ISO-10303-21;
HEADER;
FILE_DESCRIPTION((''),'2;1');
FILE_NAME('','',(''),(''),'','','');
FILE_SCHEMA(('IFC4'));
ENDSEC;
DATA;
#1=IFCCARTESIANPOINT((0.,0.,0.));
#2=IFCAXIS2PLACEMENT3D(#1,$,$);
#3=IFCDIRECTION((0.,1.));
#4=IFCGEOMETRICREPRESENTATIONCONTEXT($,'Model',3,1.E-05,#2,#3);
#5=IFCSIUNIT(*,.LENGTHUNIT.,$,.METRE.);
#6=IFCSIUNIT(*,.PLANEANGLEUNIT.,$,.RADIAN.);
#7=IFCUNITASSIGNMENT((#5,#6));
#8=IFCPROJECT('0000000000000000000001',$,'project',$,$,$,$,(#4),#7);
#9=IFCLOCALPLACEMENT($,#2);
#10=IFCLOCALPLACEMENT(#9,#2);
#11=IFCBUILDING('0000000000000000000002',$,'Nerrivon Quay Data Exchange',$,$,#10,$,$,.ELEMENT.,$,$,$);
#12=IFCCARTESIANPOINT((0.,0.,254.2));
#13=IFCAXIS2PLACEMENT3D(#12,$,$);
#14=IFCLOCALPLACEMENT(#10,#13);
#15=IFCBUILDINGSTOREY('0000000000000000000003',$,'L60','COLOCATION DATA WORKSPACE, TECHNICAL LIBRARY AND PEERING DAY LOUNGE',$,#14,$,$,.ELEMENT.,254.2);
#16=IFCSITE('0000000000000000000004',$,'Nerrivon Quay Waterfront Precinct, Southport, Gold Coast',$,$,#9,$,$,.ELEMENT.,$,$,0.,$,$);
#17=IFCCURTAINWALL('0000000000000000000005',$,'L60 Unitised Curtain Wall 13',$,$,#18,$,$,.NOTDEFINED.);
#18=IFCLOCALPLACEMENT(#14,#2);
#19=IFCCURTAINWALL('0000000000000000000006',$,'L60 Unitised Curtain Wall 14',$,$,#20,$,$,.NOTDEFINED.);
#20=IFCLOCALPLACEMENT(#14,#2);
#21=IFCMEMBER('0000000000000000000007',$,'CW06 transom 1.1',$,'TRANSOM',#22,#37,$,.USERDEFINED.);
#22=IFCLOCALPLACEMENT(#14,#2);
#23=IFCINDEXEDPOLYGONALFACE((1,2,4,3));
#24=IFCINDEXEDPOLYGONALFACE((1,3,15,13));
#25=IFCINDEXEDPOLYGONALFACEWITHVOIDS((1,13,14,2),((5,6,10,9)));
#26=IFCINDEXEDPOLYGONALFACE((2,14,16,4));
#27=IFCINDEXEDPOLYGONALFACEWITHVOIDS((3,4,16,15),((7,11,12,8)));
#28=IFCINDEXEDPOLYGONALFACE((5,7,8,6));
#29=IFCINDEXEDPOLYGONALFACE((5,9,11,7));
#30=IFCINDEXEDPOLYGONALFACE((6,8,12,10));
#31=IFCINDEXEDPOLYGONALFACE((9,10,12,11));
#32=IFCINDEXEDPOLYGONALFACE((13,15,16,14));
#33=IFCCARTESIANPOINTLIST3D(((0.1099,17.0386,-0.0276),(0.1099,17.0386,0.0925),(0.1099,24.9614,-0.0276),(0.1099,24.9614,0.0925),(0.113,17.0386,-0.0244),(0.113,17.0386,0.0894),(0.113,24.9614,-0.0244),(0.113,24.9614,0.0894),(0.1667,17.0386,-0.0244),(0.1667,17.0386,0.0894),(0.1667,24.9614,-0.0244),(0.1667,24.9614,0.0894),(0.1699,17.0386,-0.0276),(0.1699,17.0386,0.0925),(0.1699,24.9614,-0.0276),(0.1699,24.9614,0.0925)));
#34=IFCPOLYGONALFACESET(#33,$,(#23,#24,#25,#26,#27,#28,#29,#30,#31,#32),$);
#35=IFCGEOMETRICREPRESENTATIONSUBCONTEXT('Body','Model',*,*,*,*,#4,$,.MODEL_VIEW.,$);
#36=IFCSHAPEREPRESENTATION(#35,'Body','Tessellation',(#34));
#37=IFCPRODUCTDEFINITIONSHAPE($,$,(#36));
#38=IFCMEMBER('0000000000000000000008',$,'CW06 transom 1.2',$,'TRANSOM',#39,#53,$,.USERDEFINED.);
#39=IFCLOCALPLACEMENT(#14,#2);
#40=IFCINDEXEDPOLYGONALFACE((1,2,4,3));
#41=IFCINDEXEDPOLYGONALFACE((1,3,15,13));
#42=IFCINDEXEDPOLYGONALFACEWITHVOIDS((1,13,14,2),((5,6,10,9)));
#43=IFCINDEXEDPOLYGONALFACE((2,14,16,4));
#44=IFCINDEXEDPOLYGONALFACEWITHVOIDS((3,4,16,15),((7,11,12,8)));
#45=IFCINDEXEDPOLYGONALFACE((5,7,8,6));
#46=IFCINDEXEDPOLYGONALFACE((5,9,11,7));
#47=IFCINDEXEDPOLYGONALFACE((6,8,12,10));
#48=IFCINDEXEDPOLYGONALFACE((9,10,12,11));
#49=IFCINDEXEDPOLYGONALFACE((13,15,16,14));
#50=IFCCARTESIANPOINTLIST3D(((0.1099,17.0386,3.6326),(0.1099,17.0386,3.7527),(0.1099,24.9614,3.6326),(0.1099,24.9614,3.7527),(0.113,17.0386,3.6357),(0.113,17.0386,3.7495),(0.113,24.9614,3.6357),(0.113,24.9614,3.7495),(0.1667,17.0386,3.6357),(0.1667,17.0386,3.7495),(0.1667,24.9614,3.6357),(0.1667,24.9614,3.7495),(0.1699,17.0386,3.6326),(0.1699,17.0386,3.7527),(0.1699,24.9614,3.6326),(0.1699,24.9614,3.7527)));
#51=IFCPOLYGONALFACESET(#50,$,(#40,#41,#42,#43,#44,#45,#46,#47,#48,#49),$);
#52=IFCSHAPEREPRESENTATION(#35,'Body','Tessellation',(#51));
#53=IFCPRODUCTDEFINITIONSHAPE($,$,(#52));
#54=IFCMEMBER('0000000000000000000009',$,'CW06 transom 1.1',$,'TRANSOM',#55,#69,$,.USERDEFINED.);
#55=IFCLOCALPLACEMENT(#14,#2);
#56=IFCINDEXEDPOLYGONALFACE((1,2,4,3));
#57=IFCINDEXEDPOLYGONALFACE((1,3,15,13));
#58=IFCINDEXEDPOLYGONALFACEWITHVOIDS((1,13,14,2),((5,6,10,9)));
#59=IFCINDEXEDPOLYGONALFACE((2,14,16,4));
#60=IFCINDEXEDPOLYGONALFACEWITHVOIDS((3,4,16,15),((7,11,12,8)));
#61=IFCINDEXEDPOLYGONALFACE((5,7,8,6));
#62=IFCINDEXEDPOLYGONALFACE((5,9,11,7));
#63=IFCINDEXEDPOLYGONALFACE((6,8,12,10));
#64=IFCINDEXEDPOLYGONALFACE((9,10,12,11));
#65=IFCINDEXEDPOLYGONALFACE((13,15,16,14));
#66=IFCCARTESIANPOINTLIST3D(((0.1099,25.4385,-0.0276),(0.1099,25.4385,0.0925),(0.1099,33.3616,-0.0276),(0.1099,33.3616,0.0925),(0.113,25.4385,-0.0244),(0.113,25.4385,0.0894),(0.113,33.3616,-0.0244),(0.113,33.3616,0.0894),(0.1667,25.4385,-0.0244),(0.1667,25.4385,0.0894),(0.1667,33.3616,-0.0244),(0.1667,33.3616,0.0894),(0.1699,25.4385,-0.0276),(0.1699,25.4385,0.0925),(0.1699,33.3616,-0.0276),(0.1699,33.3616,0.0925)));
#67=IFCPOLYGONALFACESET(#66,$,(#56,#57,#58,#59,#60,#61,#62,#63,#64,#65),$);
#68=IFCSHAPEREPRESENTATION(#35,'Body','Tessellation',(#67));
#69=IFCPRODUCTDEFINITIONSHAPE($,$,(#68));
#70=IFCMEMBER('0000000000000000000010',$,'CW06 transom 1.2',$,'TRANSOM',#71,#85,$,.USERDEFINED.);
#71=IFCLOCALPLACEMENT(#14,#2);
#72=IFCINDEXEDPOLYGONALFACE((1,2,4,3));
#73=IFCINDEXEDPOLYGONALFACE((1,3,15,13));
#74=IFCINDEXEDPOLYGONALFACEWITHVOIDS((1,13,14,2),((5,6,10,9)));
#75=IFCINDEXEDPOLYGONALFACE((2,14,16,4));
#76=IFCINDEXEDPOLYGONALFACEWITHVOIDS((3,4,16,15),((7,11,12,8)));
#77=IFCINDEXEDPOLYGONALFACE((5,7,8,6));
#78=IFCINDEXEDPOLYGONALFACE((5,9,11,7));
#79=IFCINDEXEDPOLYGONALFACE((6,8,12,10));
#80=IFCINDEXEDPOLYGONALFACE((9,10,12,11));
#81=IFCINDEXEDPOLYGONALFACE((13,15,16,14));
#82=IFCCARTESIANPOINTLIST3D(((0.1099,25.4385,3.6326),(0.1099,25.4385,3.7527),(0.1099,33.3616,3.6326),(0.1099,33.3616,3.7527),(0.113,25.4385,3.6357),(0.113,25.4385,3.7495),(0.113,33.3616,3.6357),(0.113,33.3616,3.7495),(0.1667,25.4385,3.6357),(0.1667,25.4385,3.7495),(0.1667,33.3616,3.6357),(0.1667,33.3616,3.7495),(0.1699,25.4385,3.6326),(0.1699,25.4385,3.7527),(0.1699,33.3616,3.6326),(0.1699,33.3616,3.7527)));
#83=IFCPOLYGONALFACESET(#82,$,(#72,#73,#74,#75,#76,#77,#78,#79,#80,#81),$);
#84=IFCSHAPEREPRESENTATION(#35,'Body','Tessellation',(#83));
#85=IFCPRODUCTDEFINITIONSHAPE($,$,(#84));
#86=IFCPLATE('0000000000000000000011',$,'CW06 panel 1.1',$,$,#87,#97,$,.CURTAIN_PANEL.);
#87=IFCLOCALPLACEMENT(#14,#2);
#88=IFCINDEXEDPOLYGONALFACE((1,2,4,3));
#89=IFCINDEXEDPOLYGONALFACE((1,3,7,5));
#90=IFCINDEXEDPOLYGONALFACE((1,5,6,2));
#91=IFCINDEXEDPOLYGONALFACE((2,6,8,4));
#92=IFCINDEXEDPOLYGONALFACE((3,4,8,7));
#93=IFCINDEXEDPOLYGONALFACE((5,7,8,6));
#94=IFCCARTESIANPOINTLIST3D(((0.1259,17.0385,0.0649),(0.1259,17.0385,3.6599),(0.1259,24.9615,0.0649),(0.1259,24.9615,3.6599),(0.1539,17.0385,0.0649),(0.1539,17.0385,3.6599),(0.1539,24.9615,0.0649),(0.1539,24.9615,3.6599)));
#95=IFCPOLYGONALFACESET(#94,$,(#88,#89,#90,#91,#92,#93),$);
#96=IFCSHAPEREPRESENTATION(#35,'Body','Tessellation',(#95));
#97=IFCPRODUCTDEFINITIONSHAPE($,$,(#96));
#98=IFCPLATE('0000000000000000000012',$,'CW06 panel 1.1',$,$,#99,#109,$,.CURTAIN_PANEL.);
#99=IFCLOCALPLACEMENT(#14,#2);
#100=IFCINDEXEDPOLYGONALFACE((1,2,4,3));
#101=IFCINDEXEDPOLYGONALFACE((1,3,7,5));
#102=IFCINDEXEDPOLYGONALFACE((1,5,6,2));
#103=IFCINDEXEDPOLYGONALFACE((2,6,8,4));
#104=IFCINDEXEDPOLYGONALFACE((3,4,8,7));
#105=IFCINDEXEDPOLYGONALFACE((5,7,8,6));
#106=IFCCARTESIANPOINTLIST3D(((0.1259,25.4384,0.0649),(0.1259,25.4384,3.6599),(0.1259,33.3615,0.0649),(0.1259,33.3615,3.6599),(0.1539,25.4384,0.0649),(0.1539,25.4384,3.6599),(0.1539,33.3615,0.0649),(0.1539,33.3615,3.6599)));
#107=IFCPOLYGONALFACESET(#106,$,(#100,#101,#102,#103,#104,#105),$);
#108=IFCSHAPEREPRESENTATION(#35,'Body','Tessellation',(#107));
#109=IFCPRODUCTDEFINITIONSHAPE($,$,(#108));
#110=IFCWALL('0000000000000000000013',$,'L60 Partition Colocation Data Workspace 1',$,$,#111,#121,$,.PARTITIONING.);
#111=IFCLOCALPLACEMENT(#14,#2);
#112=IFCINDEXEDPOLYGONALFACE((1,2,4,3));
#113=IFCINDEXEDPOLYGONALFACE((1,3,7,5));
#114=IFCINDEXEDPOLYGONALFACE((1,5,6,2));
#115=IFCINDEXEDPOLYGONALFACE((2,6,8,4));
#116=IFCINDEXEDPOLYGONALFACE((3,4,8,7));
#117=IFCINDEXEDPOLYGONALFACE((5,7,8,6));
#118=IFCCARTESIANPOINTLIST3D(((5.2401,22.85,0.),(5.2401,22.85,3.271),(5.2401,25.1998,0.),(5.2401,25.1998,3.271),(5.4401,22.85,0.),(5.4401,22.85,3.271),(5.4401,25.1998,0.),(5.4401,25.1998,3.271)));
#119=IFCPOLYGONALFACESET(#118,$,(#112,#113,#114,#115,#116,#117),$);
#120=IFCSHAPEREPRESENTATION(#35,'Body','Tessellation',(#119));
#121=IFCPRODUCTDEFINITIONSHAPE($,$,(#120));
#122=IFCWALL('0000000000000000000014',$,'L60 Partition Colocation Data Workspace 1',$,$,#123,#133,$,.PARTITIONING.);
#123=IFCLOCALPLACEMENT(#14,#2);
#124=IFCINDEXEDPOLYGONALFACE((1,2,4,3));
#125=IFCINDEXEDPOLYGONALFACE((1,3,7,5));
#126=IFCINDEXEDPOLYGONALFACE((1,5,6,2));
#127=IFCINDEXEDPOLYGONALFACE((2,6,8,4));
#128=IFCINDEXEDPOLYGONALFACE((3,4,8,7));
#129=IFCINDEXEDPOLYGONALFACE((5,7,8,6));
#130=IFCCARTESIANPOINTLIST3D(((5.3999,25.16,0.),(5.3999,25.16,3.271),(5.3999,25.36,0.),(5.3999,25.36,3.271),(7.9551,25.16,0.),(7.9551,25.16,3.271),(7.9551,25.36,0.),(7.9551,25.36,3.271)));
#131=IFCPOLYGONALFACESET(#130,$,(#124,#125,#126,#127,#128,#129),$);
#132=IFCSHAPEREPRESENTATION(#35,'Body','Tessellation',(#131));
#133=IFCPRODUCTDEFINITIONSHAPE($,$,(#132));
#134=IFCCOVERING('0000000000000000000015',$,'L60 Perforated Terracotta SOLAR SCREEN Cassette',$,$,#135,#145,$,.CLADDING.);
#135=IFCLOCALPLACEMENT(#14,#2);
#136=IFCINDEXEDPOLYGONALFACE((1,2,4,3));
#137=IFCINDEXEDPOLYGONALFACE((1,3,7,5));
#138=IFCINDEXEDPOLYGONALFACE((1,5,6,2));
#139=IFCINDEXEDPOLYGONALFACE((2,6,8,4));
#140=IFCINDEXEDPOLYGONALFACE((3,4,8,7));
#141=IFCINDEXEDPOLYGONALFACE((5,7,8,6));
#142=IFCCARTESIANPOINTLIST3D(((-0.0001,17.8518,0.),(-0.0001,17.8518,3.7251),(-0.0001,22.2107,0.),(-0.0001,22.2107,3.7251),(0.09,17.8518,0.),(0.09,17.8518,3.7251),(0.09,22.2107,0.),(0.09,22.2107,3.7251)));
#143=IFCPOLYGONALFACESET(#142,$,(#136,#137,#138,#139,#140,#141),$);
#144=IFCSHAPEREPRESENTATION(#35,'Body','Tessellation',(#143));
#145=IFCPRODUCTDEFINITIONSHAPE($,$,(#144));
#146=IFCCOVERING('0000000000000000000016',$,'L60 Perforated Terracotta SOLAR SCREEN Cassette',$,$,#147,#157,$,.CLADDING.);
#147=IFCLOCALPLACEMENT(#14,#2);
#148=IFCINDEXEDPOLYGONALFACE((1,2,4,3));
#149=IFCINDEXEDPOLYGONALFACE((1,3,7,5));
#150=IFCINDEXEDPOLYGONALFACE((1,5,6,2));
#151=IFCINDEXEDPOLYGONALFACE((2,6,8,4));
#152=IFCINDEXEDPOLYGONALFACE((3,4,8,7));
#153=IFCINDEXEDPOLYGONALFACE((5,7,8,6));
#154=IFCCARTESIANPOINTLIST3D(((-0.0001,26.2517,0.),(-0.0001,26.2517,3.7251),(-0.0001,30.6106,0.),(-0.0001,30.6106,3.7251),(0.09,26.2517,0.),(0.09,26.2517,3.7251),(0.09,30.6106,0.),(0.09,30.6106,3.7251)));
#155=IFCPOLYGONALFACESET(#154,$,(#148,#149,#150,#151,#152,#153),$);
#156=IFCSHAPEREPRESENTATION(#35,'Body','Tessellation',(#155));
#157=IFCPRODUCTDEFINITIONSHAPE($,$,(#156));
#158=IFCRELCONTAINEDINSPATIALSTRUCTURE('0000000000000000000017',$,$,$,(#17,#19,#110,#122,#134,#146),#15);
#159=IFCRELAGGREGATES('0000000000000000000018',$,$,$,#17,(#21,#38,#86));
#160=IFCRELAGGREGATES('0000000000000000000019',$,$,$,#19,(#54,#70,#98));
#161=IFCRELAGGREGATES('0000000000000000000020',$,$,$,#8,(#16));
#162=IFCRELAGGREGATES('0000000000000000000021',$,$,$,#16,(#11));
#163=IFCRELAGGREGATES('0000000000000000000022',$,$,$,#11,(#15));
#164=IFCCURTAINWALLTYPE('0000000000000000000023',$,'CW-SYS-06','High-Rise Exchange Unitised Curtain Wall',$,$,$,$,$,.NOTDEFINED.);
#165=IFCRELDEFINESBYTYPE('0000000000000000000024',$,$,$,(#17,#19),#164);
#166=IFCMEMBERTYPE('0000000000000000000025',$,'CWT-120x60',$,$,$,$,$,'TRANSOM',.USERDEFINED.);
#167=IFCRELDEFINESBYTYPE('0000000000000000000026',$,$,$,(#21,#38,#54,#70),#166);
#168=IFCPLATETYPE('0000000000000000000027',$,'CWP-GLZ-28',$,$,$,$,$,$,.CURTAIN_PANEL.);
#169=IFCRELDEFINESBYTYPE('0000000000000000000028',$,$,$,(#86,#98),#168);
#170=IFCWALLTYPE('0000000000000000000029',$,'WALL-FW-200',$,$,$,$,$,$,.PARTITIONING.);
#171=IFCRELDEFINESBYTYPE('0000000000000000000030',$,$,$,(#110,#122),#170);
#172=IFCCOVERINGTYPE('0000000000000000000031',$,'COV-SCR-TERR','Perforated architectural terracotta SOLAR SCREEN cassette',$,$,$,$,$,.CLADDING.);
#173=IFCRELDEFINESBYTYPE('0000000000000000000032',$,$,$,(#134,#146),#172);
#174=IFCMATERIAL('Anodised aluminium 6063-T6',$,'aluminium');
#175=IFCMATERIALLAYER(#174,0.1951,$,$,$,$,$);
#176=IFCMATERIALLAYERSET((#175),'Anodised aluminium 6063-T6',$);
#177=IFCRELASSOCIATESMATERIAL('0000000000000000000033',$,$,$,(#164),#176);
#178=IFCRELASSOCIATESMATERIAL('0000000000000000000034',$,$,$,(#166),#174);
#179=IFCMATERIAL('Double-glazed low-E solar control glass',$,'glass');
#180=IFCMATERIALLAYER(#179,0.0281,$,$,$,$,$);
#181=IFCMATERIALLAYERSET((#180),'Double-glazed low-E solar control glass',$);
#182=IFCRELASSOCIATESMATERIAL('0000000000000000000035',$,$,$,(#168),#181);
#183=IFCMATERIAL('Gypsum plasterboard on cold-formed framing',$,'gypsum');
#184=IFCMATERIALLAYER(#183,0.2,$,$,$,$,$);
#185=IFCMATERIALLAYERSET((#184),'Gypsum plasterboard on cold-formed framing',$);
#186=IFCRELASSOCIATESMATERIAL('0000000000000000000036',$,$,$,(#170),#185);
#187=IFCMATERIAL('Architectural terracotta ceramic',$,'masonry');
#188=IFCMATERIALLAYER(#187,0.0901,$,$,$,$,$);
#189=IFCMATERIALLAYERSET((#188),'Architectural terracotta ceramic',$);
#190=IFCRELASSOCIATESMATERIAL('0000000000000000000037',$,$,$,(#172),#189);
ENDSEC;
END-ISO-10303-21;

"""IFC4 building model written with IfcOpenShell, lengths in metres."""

from ifc_helpers import new_model, si_unit, direction, frame, frame_2d, origin, origin_2d, place, context, subcontext, project, spatial, rectangle, hollow_rectangle, extrude, material, layer, layer_set, material_profile, profile_set, type_object, element, aggregate, save


model = new_model("IFC4")

# Units and contexts
model_context = context("Model", 3, precision=1e-05, world=origin(), true_north=direction((0.0, 1.0)))
body_context = subcontext(model_context, "Body", "Model", "MODEL_VIEW")
ifc_project = project(units=[si_unit("LENGTHUNIT", "METRE"), si_unit("PLANEANGLEUNIT", "RADIAN")], contexts=[model_context])

# Site, building, storey
site_placement = place(None, origin())
site = spatial("IfcSite", under=ifc_project, at=site_placement, Name="Nerrivon Quay Waterfront Precinct, Southport, Gold Coast", CompositionType="ELEMENT", RefElevation=0.0)
building_placement = place(site_placement, origin())
building = spatial("IfcBuilding", under=site, at=building_placement, Name="Nerrivon Quay Data Exchange", CompositionType="ELEMENT")
storey_placement = place(building_placement, frame((0.0, 0.0, 254.2)))
storey = spatial("IfcBuildingStorey", under=building, at=storey_placement, Name="L60", Description="COLOCATION DATA WORKSPACE, TECHNICAL LIBRARY AND PEERING DAY LOUNGE", CompositionType="ELEMENT", Elevation=254.2)

# Curtain wall
ifc_material_1 = material(Name="Anodised aluminium 6063-T6", Category="aluminium")
ifc_layer_1 = layer(ifc_material_1, 0.1951)
ifc_layer_set_1 = layer_set([ifc_layer_1], Name="Anodised aluminium 6063-T6")
curtain_wall_type = type_object("IfcCurtainWallType", Name="CW-SYS-06", Description="High-Rise Exchange Unitised Curtain Wall", PredefinedType="NOTDEFINED", material=ifc_layer_set_1)
curtain_wall_1_placement = place(storey_placement, origin())
curtain_wall_1 = element("IfcCurtainWall", 1, at=curtain_wall_1_placement, inside=storey, type_object=curtain_wall_type, Name="L60 Unitised Curtain Wall 13", PredefinedType="NOTDEFINED")

# Curtain wall
curtain_wall_2_placement = place(storey_placement, origin())
curtain_wall_2 = element("IfcCurtainWall", 2, at=curtain_wall_2_placement, inside=storey, type_object=curtain_wall_type, Name="L60 Unitised Curtain Wall 14", PredefinedType="NOTDEFINED")

# Members
ifc_material_profile_1 = material_profile(ifc_material_1, hollow_rectangle(XDim=0.0601, YDim=0.1201, WallThickness=0.0032, at=origin_2d()), Name="ALU-TRAN-120x60")
ifc_profile_set_1 = profile_set([ifc_material_profile_1], Name="Anodised aluminium 6063-T6")
member_type_1 = type_object("IfcMemberType", Name="CWT-120x60", ElementType="TRANSOM", PredefinedType="USERDEFINED", material=ifc_profile_set_1)
member_1_placement = place(storey_placement, frame((0.1399, 17.0386, 0.0325), z_axis=(0.0, 1.0, 0.0), x_axis=(-1.0, 0.0, 0.0)))
member_1 = element("IfcMember", 3, at=member_1_placement, type_object=member_type_1, Name="CW06 transom 1.1", ObjectType="TRANSOM", PredefinedType="USERDEFINED", context=body_context, shape_type="SweptSolid", body=[
    extrude(hollow_rectangle(XDim=0.0601, YDim=0.1201, WallThickness=0.0032, at=origin_2d()), origin(), (0.0, 0.0, 1.0), 7.9229),
])
member_2_placement = place(storey_placement, frame((0.1399, 17.0386, 3.6926), z_axis=(0.0, 1.0, 0.0), x_axis=(-1.0, 0.0, 0.0)))
member_2 = element("IfcMember", 4, at=member_2_placement, type_object=member_type_1, Name="CW06 transom 1.2", ObjectType="TRANSOM", PredefinedType="USERDEFINED", context=body_context, shape_type="SweptSolid", body=[
    extrude(hollow_rectangle(XDim=0.0601, YDim=0.1201, WallThickness=0.0032, at=origin_2d()), origin(), (0.0, 0.0, 1.0), 7.9229),
])
member_3_placement = place(storey_placement, frame((0.1399, 25.4385, 0.0325), z_axis=(0.0, 1.0, 0.0), x_axis=(-1.0, 0.0, 0.0)))
member_3 = element("IfcMember", 5, at=member_3_placement, type_object=member_type_1, Name="CW06 transom 1.1", ObjectType="TRANSOM", PredefinedType="USERDEFINED", context=body_context, shape_type="SweptSolid", body=[
    extrude(hollow_rectangle(XDim=0.0601, YDim=0.1201, WallThickness=0.0032, at=origin_2d()), origin(), (0.0, 0.0, 1.0), 7.9231),
])
member_4_placement = place(storey_placement, frame((0.1399, 25.4385, 3.6926), z_axis=(0.0, 1.0, 0.0), x_axis=(-1.0, 0.0, 0.0)))
member_4 = element("IfcMember", 6, at=member_4_placement, type_object=member_type_1, Name="CW06 transom 1.2", ObjectType="TRANSOM", PredefinedType="USERDEFINED", context=body_context, shape_type="SweptSolid", body=[
    extrude(hollow_rectangle(XDim=0.0601, YDim=0.1201, WallThickness=0.0032, at=origin_2d()), origin(), (0.0, 0.0, 1.0), 7.9231),
])

# Plates
ifc_material_2 = material(Name="Double-glazed low-E solar control glass", Category="glass")
ifc_layer_2 = layer(ifc_material_2, 0.0281)
ifc_layer_set_2 = layer_set([ifc_layer_2], Name="Double-glazed low-E solar control glass")
plate_type = type_object("IfcPlateType", Name="CWP-GLZ-28", PredefinedType="CURTAIN_PANEL", material=ifc_layer_set_2)
plate_1_placement = place(storey_placement, frame((0.1399, 21.0, 0.0649), z_axis=(0.0, 0.0, 1.0), x_axis=(0.0, 1.0, 0.0)))
plate_1 = element("IfcPlate", 7, at=plate_1_placement, type_object=plate_type, Name="CW06 panel 1.1", PredefinedType="CURTAIN_PANEL", context=body_context, shape_type="SweptSolid", body=[
    extrude(rectangle(XDim=7.9231, YDim=0.0281, at=origin_2d()), origin(), (0.0, 0.0, 1.0), 3.595),
])
aggregate(curtain_wall_1, [member_1, member_2, plate_1])
plate_2_placement = place(storey_placement, frame((0.1399, 29.3999, 0.0649), z_axis=(0.0, 0.0, 1.0), x_axis=(0.0, 1.0, 0.0)))
plate_2 = element("IfcPlate", 8, at=plate_2_placement, type_object=plate_type, Name="CW06 panel 1.1", PredefinedType="CURTAIN_PANEL", context=body_context, shape_type="SweptSolid", body=[
    extrude(rectangle(XDim=7.9231, YDim=0.0281, at=origin_2d()), origin(), (0.0, 0.0, 1.0), 3.595),
])
aggregate(curtain_wall_2, [member_3, member_4, plate_2])

# Walls
ifc_material_3 = material(Name="Gypsum plasterboard on cold-formed framing", Category="gypsum")
ifc_layer_3 = layer(ifc_material_3, 0.2)
ifc_layer_set_3 = layer_set([ifc_layer_3], Name="Gypsum plasterboard on cold-formed framing")
wall_type = type_object("IfcWallType", Name="WALL-FW-200", PredefinedType="PARTITIONING", material=ifc_layer_set_3)
wall_1_placement = place(storey_placement, frame((5.3401, 22.8501, 0.0), z_axis=(0.0, 0.0, 1.0), x_axis=(0.0, 1.0, 0.0)))
element("IfcWall", 9, at=wall_1_placement, inside=storey, type_object=wall_type, Name="L60 Partition Colocation Data Workspace 1", PredefinedType="PARTITIONING", context=body_context, shape_type="SweptSolid", body=[
    extrude(rectangle(XDim=2.3499, YDim=0.2, at=frame_2d((1.1748, 0.0))), origin(), (0.0, 0.0, 1.0), 3.271),
])
wall_2_placement = place(storey_placement, frame((5.3999, 25.26, 0.0), z_axis=(0.0, 0.0, 1.0), x_axis=(1.0, 0.0, 0.0)))
element("IfcWall", 10, at=wall_2_placement, inside=storey, type_object=wall_type, Name="L60 Partition Colocation Data Workspace 1", PredefinedType="PARTITIONING", context=body_context, shape_type="SweptSolid", body=[
    extrude(rectangle(XDim=2.5552, YDim=0.2, at=frame_2d((1.2776, 0.0))), origin(), (0.0, 0.0, 1.0), 3.271),
])

# Coverings
ifc_material_4 = material(Name="Architectural terracotta ceramic", Category="masonry")
ifc_layer_4 = layer(ifc_material_4, 0.0901)
ifc_layer_set_4 = layer_set([ifc_layer_4], Name="Architectural terracotta ceramic")
covering_type = type_object("IfcCoveringType", Name="COV-SCR-TERR", Description="Perforated architectural terracotta SOLAR SCREEN cassette", PredefinedType="CLADDING", material=ifc_layer_set_4)
for number, where, z_axis, x_axis, name in (
    (11, (0.0449, 20.0312, 0.0), (0.0, 0.0, 1.0), (0.0, 1.0, 0.0), "L60 Perforated Terracotta SOLAR SCREEN Cassette"),
    (12, (0.0449, 28.4312, 0.0), (0.0, 0.0, 1.0), (0.0, 1.0, 0.0), "L60 Perforated Terracotta SOLAR SCREEN Cassette"),
):
    element("IfcCovering", number, at=place(storey_placement, frame(where, z_axis=z_axis, x_axis=x_axis)), inside=storey, type_object=covering_type, Name=name, PredefinedType="CLADDING", context=body_context, shape_type="SweptSolid", body=[
        extrude(rectangle(XDim=4.3589, YDim=0.0901, at=origin_2d()), origin(), (0.0, 0.0, 1.0), 3.7251),
    ])

save(model, "model.ifc")
